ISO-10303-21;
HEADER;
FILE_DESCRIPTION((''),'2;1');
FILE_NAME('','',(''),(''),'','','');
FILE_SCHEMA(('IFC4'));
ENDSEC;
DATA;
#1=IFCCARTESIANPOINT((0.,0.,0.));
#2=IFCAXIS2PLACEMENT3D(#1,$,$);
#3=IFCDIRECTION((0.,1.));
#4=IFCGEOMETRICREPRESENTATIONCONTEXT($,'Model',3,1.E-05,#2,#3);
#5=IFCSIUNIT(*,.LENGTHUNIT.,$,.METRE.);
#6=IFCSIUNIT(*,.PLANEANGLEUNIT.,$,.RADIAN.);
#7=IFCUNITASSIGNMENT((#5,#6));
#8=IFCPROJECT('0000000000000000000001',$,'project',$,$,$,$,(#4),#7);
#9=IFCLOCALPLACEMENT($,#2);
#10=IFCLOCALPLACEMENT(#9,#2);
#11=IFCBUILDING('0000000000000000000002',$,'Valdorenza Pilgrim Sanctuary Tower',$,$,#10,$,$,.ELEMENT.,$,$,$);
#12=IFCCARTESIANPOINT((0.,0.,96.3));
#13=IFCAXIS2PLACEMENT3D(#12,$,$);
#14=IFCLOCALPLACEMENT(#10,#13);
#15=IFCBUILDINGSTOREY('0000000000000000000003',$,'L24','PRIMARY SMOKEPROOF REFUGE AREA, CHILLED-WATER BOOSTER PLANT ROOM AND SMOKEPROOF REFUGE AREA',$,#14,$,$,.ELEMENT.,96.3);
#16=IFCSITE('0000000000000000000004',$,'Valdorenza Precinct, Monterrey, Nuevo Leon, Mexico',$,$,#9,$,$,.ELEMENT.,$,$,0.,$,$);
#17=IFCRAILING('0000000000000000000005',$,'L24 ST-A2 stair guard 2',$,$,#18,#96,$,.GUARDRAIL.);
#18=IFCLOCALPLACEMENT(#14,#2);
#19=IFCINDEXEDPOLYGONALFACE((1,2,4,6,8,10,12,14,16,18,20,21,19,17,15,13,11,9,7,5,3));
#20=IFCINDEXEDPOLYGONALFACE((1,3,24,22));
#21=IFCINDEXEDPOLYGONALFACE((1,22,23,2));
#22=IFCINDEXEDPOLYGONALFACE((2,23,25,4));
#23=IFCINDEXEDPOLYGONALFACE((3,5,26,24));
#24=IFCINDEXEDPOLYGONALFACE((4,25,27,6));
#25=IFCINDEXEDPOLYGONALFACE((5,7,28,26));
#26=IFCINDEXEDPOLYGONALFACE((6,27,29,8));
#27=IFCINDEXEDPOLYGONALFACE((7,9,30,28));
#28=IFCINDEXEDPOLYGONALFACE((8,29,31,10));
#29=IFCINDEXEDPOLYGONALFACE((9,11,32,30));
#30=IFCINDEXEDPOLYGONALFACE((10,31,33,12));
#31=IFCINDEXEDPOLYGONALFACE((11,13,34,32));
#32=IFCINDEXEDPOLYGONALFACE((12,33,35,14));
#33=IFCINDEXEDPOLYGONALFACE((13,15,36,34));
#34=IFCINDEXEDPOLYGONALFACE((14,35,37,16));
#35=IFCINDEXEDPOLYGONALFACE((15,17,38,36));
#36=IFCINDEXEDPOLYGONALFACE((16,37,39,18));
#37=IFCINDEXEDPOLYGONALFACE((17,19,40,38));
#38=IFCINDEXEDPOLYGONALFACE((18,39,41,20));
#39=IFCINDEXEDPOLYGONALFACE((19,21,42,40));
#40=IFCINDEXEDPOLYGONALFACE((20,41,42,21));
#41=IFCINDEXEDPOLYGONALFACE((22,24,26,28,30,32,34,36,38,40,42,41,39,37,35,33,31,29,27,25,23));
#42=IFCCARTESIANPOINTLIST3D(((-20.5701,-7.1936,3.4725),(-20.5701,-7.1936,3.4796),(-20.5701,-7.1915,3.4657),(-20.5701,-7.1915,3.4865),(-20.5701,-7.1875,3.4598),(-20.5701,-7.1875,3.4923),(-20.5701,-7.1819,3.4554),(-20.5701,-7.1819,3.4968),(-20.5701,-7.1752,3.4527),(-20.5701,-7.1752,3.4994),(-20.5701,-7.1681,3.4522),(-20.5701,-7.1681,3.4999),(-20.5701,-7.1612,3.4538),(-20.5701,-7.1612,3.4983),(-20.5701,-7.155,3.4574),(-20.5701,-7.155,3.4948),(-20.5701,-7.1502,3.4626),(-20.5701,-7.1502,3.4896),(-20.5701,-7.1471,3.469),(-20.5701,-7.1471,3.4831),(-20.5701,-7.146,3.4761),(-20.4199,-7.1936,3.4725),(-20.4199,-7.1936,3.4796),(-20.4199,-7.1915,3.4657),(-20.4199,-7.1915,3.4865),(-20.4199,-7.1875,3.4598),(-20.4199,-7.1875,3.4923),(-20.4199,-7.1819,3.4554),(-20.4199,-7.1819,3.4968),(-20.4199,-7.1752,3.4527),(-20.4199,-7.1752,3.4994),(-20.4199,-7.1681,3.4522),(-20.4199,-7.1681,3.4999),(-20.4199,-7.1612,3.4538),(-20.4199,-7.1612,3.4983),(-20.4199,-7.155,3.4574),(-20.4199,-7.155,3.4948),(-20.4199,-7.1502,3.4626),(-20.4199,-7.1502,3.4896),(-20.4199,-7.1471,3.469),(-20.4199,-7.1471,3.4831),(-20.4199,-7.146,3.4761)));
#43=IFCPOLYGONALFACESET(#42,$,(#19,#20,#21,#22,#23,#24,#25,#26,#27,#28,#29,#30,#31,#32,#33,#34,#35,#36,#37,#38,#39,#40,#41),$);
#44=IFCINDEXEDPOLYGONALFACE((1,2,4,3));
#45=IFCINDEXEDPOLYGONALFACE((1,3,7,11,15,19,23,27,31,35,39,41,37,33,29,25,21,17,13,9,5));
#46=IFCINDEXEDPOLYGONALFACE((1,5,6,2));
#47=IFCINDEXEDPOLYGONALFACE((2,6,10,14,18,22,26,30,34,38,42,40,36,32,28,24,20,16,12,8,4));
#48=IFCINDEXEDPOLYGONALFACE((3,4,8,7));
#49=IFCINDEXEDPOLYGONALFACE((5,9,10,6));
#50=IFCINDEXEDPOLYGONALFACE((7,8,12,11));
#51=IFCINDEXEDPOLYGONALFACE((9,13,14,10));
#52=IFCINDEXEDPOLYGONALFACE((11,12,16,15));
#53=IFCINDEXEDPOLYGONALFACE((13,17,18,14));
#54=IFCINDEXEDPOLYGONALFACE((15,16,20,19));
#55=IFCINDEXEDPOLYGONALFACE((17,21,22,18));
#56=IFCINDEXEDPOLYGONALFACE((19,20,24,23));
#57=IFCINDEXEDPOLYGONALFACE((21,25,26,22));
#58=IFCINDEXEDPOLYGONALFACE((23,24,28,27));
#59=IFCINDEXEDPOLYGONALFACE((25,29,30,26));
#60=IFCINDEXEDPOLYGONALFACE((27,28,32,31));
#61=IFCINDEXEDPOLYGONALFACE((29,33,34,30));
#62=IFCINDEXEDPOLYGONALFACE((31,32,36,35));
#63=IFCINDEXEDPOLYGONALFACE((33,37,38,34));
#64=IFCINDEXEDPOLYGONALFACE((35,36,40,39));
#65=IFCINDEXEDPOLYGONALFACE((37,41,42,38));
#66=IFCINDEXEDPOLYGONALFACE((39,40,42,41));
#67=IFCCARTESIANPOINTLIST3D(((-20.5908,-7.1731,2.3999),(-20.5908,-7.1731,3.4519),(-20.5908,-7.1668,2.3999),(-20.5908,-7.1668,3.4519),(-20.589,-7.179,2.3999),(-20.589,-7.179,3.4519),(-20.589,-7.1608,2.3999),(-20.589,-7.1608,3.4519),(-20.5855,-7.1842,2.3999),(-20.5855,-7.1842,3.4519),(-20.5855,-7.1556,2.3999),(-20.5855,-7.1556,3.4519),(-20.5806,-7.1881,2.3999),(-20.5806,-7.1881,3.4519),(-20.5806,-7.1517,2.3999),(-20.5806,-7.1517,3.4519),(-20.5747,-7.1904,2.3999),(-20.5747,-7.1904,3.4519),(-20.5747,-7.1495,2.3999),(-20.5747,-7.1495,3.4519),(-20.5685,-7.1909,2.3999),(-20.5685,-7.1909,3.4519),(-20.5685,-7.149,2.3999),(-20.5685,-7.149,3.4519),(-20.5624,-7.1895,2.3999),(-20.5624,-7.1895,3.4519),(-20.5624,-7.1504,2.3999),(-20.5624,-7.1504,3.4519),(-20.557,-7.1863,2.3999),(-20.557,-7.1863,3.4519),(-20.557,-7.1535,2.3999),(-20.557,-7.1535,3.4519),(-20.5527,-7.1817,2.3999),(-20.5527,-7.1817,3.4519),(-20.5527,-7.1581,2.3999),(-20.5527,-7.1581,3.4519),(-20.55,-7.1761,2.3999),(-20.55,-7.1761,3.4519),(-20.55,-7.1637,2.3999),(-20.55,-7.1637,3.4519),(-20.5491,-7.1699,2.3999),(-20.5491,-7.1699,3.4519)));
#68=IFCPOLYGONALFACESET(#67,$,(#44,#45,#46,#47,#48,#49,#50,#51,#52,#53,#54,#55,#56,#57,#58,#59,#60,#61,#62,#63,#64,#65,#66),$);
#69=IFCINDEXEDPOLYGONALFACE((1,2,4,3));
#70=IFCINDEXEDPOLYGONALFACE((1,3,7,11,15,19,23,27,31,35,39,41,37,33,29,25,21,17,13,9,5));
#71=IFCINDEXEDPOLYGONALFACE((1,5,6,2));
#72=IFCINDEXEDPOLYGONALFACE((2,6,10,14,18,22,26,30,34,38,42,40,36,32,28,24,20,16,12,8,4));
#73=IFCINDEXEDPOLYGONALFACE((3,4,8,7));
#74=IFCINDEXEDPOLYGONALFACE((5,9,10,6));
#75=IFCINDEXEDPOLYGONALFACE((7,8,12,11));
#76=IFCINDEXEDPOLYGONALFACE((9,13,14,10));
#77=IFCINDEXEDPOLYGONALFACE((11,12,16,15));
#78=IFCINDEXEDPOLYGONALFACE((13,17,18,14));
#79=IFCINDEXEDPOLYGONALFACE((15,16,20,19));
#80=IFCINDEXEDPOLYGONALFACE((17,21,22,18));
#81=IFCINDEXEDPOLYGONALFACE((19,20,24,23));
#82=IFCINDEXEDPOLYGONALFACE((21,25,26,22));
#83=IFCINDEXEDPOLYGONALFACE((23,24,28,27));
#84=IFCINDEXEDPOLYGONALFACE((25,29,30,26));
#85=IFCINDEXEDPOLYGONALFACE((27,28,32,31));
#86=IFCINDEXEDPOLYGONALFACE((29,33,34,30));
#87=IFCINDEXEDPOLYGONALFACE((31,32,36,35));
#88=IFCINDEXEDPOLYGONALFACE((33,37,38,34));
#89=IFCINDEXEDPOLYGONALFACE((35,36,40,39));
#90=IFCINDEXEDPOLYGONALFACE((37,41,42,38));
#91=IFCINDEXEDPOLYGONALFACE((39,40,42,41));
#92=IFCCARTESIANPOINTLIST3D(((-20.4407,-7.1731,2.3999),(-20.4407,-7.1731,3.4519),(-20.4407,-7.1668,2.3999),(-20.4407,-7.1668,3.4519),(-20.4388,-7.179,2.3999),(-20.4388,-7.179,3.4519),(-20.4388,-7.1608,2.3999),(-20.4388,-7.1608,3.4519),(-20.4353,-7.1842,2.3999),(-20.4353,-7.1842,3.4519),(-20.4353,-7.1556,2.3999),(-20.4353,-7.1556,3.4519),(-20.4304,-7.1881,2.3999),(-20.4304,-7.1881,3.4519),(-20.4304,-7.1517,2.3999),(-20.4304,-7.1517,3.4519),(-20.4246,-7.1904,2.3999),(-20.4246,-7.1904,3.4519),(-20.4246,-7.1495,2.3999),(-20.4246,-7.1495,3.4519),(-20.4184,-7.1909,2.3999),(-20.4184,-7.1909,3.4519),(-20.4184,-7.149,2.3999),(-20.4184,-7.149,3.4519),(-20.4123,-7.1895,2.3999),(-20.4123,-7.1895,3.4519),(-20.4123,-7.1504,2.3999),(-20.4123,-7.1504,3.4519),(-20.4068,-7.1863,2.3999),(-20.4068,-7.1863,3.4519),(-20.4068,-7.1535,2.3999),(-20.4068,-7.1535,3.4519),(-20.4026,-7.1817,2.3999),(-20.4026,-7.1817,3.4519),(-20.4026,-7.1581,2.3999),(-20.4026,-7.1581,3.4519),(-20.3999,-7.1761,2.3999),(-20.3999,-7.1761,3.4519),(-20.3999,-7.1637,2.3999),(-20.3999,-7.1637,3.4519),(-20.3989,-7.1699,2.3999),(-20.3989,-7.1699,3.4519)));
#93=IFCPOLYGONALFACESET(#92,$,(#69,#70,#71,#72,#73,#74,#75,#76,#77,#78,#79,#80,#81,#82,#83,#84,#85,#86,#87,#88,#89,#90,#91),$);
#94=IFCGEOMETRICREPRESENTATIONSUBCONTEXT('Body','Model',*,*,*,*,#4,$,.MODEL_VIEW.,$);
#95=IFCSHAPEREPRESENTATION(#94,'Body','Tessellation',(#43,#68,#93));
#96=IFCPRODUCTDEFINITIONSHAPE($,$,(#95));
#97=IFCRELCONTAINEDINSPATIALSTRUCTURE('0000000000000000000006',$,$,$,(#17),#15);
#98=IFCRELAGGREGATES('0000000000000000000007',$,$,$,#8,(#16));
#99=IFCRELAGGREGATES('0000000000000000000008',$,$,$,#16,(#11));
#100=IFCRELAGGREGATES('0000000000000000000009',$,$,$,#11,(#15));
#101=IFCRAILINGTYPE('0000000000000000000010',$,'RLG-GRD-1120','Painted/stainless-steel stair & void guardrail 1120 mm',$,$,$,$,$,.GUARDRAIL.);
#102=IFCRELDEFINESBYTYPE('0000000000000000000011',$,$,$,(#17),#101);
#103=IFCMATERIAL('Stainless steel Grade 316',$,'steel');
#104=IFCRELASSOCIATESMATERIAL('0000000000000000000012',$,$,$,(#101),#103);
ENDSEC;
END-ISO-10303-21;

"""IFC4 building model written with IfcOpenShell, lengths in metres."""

from ifc_helpers import new_model, si_unit, direction, frame, origin, origin_2d, place, context, subcontext, project, spatial, circle, extrude, material, type_object, element, save


model = new_model("IFC4")

# Units and contexts
model_context = context("Model", 3, precision=1e-05, world=origin(), true_north=direction((0.0, 1.0)))
body_context = subcontext(model_context, "Body", "Model", "MODEL_VIEW")
ifc_project = project(units=[si_unit("LENGTHUNIT", "METRE"), si_unit("PLANEANGLEUNIT", "RADIAN")], contexts=[model_context])

# Site, building, storey
site_placement = place(None, origin())
site = spatial("IfcSite", under=ifc_project, at=site_placement, Name="Valdorenza Precinct, Monterrey, Nuevo Leon, Mexico", CompositionType="ELEMENT", RefElevation=0.0)
building_placement = place(site_placement, origin())
building = spatial("IfcBuilding", under=site, at=building_placement, Name="Valdorenza Pilgrim Sanctuary Tower", CompositionType="ELEMENT")
storey_placement = place(building_placement, frame((0.0, 0.0, 96.3)))
storey = spatial("IfcBuildingStorey", under=building, at=storey_placement, Name="L24", Description="PRIMARY SMOKEPROOF REFUGE AREA, CHILLED-WATER BOOSTER PLANT ROOM AND SMOKEPROOF REFUGE AREA", CompositionType="ELEMENT", Elevation=96.3)

# Railing
ifc_material_1 = material(Name="Stainless steel Grade 316", Category="steel")
railing_type_1 = type_object("IfcRailingType", Name="RLG-GRD-1120", Description="Painted/stainless-steel stair & void guardrail 1120 mm", PredefinedType="GUARDRAIL", material=ifc_material_1)
railing_1_placement = place(storey_placement, frame((-20.5701, -7.1699, 2.3999)))
element("IfcRailing", 1, at=railing_1_placement, inside=storey, type_object=railing_type_1, Name="L24 ST-A2 stair guard 2", PredefinedType="GUARDRAIL", context=body_context, shape_type="SweptSolid", body=[
    extrude(circle(Radius=0.0239, at=origin_2d()), frame((0.0, 0.0, 1.0762), z_axis=(1.0, 0.0, 0.0), x_axis=(0.0, 1.0, 0.0)), (0.0, 0.0, 1.0), 0.1501),
    extrude(circle(Radius=0.021, at=origin_2d()), origin(), (0.0, 0.0, 1.0), 1.052),
    extrude(circle(Radius=0.021, at=origin_2d()), frame((0.1501, 0.0, 0.0)), (0.0, 0.0, 1.0), 1.052),
])

save(model, "model.ifc")
